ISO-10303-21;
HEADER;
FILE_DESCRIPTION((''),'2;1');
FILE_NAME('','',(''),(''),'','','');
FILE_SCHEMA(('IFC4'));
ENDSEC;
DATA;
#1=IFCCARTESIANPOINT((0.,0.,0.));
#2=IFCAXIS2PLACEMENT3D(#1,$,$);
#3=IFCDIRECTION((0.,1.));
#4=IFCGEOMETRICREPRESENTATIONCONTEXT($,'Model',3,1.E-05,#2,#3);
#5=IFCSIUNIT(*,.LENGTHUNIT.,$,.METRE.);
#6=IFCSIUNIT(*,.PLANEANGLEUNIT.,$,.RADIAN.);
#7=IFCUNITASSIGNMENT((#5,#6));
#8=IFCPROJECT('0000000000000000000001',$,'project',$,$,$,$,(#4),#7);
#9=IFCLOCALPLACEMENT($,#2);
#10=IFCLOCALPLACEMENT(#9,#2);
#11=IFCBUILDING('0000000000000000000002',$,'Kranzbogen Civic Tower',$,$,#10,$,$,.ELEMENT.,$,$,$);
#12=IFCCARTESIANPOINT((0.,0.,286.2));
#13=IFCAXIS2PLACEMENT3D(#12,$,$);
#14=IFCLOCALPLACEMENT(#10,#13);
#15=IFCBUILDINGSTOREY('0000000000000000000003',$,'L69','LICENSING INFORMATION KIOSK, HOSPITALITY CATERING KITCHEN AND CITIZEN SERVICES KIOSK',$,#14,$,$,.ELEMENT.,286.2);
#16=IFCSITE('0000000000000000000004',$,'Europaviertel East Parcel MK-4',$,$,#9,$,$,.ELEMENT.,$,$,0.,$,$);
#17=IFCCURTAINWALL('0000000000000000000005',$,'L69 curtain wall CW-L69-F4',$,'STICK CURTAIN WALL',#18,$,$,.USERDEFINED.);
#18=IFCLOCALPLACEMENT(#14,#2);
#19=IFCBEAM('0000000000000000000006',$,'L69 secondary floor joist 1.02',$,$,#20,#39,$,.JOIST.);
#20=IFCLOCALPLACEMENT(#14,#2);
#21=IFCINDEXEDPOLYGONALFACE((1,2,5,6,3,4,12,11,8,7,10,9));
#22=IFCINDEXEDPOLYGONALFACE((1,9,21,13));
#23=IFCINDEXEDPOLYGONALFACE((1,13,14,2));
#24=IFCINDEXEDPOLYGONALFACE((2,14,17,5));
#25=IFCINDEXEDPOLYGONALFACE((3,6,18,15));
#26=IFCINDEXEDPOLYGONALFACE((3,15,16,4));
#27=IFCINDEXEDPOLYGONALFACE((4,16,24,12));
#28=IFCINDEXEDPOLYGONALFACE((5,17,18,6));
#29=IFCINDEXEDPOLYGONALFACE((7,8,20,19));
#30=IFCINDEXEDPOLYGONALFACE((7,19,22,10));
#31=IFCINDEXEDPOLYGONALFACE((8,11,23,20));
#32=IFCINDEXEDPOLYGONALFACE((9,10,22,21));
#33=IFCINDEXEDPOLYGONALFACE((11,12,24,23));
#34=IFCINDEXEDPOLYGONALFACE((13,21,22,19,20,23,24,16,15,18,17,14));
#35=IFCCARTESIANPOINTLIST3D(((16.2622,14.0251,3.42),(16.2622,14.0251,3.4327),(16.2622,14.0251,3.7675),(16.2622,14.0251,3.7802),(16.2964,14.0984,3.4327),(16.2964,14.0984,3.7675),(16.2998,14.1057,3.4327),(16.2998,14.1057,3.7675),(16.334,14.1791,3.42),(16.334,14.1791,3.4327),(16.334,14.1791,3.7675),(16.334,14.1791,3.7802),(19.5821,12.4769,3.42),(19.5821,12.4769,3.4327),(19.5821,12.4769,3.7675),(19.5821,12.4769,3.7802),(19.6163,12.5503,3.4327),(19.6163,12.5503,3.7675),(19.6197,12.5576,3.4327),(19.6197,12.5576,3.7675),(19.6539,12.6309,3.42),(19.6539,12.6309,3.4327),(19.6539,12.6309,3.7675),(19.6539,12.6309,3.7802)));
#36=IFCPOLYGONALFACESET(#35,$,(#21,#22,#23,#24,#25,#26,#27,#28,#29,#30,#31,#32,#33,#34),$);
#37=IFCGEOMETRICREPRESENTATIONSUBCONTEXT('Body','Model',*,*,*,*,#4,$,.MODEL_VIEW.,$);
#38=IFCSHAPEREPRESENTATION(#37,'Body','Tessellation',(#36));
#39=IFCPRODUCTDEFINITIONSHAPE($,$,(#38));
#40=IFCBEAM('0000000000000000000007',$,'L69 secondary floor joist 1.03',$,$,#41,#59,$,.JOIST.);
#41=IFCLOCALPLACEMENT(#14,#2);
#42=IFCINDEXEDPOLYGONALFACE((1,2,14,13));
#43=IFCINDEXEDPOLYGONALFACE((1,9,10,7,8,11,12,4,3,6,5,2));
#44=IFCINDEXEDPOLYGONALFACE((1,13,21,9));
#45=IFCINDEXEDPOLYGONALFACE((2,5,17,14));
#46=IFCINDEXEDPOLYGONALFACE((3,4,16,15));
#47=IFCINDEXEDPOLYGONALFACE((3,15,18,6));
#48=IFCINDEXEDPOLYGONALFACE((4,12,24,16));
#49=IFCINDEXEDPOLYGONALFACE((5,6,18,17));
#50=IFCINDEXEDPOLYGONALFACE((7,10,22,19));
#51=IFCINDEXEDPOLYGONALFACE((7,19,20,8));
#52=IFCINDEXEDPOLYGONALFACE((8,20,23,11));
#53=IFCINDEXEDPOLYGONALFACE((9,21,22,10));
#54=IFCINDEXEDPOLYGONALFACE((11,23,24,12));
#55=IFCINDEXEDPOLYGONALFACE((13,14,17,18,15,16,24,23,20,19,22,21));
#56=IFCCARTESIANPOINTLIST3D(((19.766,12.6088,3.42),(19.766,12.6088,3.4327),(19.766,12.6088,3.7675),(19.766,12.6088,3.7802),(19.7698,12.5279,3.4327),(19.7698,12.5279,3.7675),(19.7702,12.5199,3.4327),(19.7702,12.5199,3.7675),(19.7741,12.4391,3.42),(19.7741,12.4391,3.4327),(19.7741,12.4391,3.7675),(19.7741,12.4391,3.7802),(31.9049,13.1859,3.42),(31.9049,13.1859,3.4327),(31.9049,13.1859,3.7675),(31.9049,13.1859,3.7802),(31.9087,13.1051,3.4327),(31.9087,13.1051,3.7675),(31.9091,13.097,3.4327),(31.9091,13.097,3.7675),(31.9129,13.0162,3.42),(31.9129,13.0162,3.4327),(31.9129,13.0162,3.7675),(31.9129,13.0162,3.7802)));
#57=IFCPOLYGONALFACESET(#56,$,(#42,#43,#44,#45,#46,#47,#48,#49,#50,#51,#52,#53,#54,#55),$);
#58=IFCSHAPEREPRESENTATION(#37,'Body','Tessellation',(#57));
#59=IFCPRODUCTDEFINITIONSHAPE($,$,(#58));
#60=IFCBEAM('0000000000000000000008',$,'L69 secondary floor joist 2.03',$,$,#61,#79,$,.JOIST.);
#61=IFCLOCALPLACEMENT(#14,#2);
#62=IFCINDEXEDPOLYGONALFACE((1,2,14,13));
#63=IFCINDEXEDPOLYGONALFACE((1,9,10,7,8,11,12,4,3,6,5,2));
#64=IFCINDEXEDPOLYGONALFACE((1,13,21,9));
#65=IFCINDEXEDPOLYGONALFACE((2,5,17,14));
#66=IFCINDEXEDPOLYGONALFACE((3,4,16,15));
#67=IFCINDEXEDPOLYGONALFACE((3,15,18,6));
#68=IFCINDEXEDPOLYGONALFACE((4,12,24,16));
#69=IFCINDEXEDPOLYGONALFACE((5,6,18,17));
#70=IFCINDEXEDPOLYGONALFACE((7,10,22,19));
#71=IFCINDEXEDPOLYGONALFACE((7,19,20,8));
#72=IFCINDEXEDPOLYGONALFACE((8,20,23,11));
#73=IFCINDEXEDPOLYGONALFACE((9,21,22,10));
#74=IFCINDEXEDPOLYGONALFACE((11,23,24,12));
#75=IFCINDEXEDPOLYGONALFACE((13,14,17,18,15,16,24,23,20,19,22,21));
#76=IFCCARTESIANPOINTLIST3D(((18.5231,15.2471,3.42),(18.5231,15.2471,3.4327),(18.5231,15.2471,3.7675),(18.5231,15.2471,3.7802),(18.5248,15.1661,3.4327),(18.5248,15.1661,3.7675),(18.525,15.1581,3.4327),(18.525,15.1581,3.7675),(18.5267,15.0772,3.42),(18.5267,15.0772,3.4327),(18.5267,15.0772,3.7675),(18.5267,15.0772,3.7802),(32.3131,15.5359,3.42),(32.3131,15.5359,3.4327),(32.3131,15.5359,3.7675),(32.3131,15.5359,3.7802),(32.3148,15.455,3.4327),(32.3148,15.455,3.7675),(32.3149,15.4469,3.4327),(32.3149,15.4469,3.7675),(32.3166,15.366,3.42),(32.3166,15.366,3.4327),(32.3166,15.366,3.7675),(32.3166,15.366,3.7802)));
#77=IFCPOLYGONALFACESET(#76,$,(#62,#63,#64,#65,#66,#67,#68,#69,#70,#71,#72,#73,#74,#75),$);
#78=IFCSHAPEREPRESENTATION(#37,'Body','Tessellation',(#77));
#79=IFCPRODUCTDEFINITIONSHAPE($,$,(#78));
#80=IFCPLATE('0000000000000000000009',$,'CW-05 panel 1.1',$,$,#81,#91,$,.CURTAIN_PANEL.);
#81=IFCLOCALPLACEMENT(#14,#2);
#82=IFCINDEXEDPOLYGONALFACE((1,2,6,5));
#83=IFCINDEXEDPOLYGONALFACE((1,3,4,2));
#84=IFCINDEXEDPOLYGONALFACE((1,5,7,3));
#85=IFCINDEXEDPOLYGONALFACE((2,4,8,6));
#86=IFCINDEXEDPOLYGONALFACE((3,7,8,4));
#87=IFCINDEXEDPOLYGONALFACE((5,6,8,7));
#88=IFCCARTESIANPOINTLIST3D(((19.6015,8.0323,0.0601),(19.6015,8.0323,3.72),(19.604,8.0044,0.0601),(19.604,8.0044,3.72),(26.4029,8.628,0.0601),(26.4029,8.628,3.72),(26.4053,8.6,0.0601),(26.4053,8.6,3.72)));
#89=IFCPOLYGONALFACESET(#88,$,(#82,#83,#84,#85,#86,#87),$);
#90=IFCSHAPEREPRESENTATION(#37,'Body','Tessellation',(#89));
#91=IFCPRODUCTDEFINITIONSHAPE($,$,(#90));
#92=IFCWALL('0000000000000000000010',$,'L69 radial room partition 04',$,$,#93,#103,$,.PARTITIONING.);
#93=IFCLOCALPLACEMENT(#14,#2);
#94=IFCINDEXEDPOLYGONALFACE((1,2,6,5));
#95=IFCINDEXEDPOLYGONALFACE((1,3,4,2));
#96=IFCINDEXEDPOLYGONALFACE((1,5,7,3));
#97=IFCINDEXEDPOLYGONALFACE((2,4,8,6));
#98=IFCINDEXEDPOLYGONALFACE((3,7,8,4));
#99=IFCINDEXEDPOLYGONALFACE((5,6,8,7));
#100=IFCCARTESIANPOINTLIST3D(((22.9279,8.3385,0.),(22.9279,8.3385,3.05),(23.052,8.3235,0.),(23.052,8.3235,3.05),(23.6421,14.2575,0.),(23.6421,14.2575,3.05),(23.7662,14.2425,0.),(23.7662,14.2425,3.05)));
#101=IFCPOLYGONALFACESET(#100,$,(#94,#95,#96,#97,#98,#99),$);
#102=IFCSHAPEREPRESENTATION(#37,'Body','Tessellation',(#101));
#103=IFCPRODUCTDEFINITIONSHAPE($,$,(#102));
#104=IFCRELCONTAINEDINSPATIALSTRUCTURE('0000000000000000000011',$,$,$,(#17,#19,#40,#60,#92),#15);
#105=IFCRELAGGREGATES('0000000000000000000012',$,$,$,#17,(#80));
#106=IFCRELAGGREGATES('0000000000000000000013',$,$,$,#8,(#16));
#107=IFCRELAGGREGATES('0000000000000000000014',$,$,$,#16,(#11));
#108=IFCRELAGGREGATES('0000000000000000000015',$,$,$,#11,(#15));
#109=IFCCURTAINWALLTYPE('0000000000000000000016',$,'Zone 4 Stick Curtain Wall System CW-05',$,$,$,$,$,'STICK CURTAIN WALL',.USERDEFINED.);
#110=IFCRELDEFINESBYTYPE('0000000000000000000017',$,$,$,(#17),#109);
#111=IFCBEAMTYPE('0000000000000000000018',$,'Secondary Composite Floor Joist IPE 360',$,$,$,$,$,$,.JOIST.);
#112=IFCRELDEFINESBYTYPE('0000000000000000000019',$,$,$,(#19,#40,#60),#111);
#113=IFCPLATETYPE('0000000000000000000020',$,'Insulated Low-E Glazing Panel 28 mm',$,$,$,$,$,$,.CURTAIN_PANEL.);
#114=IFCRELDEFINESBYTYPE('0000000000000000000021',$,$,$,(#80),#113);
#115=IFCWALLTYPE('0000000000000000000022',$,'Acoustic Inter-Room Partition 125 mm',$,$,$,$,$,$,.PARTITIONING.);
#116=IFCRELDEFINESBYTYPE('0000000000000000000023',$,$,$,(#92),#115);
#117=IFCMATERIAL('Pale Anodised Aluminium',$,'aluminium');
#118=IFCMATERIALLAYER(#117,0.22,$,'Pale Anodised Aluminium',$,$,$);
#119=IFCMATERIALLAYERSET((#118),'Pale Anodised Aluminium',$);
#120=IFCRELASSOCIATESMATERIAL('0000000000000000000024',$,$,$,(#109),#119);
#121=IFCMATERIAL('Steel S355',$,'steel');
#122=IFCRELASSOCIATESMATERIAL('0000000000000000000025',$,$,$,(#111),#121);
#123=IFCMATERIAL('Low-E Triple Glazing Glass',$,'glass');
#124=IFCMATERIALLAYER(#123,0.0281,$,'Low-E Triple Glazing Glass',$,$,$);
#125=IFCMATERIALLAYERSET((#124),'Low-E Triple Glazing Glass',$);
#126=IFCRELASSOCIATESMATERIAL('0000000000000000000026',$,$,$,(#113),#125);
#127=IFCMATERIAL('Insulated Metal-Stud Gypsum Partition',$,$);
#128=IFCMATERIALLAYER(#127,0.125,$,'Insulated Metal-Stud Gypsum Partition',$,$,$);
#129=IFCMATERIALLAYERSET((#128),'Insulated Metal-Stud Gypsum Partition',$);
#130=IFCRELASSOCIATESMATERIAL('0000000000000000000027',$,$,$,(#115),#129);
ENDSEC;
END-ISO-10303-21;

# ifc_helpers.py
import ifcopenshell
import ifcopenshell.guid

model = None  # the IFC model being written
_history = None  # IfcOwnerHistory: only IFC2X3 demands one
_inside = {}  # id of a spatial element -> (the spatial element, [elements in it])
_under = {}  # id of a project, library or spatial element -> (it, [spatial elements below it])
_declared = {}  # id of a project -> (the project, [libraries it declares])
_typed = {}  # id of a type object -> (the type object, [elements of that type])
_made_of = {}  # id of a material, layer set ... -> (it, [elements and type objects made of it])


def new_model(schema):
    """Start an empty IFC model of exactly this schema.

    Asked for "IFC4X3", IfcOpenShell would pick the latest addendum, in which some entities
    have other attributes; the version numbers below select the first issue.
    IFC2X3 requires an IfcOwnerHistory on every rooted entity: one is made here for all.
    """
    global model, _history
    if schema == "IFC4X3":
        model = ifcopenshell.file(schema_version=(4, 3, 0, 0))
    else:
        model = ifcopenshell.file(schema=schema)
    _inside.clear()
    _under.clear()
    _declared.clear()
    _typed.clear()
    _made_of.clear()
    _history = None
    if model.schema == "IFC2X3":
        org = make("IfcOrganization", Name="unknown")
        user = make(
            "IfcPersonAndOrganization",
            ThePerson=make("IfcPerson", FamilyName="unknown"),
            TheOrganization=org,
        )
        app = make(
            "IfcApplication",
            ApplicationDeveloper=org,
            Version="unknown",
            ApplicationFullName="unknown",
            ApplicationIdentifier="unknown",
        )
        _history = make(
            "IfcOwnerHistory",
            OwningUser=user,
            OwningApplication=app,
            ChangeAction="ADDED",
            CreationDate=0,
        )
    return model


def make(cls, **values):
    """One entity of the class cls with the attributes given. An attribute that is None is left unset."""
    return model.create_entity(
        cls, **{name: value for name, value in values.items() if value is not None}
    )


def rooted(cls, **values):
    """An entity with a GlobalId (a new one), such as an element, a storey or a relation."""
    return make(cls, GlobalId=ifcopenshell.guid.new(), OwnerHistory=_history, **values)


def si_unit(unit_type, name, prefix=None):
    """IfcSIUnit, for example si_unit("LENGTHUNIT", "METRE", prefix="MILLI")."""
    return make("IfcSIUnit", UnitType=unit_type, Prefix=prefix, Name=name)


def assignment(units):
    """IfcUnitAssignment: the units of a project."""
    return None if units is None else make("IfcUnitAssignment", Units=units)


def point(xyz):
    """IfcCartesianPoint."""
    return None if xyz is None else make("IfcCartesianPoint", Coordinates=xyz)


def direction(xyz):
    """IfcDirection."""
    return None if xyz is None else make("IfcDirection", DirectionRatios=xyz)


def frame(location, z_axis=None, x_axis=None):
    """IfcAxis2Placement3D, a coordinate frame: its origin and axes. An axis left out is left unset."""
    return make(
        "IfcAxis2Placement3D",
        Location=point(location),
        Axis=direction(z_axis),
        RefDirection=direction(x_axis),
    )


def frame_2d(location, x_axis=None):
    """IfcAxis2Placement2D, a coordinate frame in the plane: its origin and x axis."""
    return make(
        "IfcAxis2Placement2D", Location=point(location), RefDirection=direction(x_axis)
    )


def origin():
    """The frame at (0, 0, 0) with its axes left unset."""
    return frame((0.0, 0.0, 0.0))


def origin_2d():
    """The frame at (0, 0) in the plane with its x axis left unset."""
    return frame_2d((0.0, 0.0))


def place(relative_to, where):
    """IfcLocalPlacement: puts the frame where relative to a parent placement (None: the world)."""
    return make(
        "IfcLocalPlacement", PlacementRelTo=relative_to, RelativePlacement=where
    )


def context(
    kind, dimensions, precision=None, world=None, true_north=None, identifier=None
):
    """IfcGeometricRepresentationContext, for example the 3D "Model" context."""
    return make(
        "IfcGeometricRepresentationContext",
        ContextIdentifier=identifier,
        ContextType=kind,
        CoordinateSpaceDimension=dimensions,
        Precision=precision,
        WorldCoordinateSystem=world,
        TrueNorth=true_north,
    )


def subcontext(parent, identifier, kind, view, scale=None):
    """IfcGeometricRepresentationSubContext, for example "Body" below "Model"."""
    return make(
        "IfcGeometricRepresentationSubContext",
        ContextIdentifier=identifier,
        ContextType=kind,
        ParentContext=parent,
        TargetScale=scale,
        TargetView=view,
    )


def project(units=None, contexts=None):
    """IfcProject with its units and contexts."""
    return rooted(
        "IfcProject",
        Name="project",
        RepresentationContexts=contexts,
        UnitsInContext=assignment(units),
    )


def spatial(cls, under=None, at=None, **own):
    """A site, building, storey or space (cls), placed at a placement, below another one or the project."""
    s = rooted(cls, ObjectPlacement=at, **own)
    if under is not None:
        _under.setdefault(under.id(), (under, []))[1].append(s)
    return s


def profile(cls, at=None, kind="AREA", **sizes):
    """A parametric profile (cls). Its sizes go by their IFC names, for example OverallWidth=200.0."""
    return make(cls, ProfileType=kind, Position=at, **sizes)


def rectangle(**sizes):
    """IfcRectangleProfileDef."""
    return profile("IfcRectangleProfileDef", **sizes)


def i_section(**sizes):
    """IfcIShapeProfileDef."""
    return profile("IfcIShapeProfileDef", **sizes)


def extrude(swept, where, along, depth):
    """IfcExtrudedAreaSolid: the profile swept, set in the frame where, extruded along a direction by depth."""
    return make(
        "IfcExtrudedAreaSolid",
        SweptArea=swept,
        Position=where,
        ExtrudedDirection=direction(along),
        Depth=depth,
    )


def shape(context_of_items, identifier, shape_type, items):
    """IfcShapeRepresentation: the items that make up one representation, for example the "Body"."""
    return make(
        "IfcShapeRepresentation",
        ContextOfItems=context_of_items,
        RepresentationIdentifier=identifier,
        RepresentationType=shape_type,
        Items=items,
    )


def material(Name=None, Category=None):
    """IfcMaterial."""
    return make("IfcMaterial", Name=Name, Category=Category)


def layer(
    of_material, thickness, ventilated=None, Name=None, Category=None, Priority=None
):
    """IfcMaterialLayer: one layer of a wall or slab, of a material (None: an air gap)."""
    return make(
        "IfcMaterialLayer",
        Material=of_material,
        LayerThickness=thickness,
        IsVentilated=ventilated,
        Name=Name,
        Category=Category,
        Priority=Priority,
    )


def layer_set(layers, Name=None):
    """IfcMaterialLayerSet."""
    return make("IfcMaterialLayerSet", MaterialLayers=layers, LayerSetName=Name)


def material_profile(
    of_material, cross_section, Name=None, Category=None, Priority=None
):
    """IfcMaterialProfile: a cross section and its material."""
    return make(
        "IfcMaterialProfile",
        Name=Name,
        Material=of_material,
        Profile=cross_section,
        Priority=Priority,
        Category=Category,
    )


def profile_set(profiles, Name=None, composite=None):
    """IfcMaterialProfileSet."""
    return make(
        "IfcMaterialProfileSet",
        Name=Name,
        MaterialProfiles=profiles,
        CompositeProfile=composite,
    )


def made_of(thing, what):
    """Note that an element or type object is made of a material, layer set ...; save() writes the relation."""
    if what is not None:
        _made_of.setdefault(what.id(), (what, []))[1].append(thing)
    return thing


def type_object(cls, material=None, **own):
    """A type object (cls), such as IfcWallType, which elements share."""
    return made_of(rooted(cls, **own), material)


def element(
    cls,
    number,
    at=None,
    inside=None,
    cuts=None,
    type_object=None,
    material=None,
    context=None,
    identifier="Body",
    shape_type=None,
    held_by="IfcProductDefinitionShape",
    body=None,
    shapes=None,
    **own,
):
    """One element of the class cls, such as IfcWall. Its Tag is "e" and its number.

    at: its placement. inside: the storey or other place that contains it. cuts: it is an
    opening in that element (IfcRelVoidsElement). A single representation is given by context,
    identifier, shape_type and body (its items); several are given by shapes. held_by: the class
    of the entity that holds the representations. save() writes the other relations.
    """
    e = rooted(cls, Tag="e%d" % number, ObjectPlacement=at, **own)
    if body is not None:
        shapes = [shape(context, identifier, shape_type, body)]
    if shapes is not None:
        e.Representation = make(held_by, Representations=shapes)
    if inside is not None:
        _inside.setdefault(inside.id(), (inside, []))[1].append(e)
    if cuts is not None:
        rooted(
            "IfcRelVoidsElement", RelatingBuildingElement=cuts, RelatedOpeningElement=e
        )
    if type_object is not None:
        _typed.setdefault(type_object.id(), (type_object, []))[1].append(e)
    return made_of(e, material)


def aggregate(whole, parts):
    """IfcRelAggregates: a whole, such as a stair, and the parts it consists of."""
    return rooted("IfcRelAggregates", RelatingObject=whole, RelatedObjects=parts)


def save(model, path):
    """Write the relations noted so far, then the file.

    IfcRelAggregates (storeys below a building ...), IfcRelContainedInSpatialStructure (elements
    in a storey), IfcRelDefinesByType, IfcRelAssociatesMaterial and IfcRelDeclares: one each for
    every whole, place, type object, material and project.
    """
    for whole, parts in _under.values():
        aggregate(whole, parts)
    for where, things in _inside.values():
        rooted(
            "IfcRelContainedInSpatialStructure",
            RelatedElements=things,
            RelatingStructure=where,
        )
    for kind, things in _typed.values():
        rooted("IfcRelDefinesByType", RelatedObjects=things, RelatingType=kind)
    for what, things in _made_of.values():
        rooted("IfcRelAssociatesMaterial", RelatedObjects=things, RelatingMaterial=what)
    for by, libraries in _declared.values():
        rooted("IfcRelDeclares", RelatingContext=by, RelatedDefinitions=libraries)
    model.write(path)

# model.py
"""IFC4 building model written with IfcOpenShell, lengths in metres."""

from ifc_helpers import new_model, si_unit, direction, frame, frame_2d, origin, origin_2d, place, context, subcontext, project, spatial, rectangle, i_section, extrude, material, layer, layer_set, material_profile, profile_set, type_object, element, aggregate, save


model = new_model("IFC4")

# Units and contexts
model_context = context("Model", 3, precision=1e-05, world=origin(), true_north=direction((0.0, 1.0)))
body_context = subcontext(model_context, "Body", "Model", "MODEL_VIEW")
ifc_project = project(units=[si_unit("LENGTHUNIT", "METRE"), si_unit("PLANEANGLEUNIT", "RADIAN")], contexts=[model_context])

# Site, building, storey
site_placement = place(None, origin())
site = spatial("IfcSite", under=ifc_project, at=site_placement, Name="Europaviertel East Parcel MK-4", CompositionType="ELEMENT", RefElevation=0.0)
building_placement = place(site_placement, origin())
building = spatial("IfcBuilding", under=site, at=building_placement, Name="Kranzbogen Civic Tower", CompositionType="ELEMENT")
storey_placement = place(building_placement, frame((0.0, 0.0, 286.2)))
storey = spatial("IfcBuildingStorey", under=building, at=storey_placement, Name="L69", Description="LICENSING INFORMATION KIOSK, HOSPITALITY CATERING KITCHEN AND CITIZEN SERVICES KIOSK", CompositionType="ELEMENT", Elevation=286.2)

# Shared definitions
ifc_material_1 = material(Name="Steel S355", Category="steel")

# Curtain wall
ifc_material_2 = material(Name="Pale Anodised Aluminium", Category="aluminium")
ifc_layer_1 = layer(ifc_material_2, 0.22, Name="Pale Anodised Aluminium")
ifc_layer_set_1 = layer_set([ifc_layer_1], Name="Pale Anodised Aluminium")
curtain_wall_type = type_object("IfcCurtainWallType", Name="Zone 4 Stick Curtain Wall System CW-05", ElementType="STICK CURTAIN WALL", PredefinedType="USERDEFINED", material=ifc_layer_set_1)
curtain_wall_placement = place(storey_placement, origin())
curtain_wall = element("IfcCurtainWall", 1, at=curtain_wall_placement, inside=storey, type_object=curtain_wall_type, Name="L69 curtain wall CW-L69-F4", ObjectType="STICK CURTAIN WALL", PredefinedType="USERDEFINED")

# Beams
ifc_material_profile_1 = material_profile(ifc_material_1, i_section(OverallWidth=0.1699, OverallDepth=0.3601, WebThickness=0.0081, FlangeThickness=0.0127, at=origin_2d()), Name="IPE 360")
ifc_profile_set_1 = profile_set([ifc_material_profile_1], Name="Steel S355")
beam_type_1 = type_object("IfcBeamType", Name="Secondary Composite Floor Joist IPE 360", PredefinedType="JOIST", material=ifc_profile_set_1)
beam_1_placement = place(storey_placement, frame((16.2981, 14.1021, 3.6001), z_axis=(0.906304, -0.422626, 0.0), x_axis=(0.422626, 0.906304, 0.0)))
element("IfcBeam", 2, at=beam_1_placement, inside=storey, type_object=beam_type_1, Name="L69 secondary floor joist 1.02", PredefinedType="JOIST", context=body_context, shape_type="SweptSolid", body=[
    extrude(i_section(OverallWidth=0.1699, OverallDepth=0.3601, WebThickness=0.0081, FlangeThickness=0.0127, at=origin_2d()), origin(), (0.0, 0.0, 1.0), 3.6631),
])
beam_2_placement = place(storey_placement, frame((19.77, 12.5239, 3.6001), z_axis=(0.998872, 0.047492, 0.0), x_axis=(-0.047492, 0.998872, 0.0)))
element("IfcBeam", 3, at=beam_2_placement, inside=storey, type_object=beam_type_1, Name="L69 secondary floor joist 1.03", PredefinedType="JOIST", context=body_context, shape_type="SweptSolid", body=[
    extrude(i_section(OverallWidth=0.1699, OverallDepth=0.3601, WebThickness=0.0081, FlangeThickness=0.0127, at=origin_2d()), origin(), (0.0, 0.0, 1.0), 12.1526),
])
beam_3_placement = place(storey_placement, frame((18.5249, 15.1621, 3.6001), z_axis=(0.999781, 0.020939, 0.0), x_axis=(-0.020939, 0.999781, 0.0)))
element("IfcBeam", 4, at=beam_3_placement, inside=storey, type_object=beam_type_1, Name="L69 secondary floor joist 2.03", PredefinedType="JOIST", context=body_context, shape_type="SweptSolid", body=[
    extrude(i_section(OverallWidth=0.1699, OverallDepth=0.3601, WebThickness=0.0081, FlangeThickness=0.0127, at=origin_2d()), origin(), (0.0, 0.0, 1.0), 13.793),
])

# Plate
ifc_material_3 = material(Name="Low-E Triple Glazing Glass", Category="glass")
ifc_layer_2 = layer(ifc_material_3, 0.0281, Name="Low-E Triple Glazing Glass")
ifc_layer_set_2 = layer_set([ifc_layer_2], Name="Low-E Triple Glazing Glass")
plate_type = type_object("IfcPlateType", Name="Insulated Low-E Glazing Panel 28 mm", PredefinedType="CURTAIN_PANEL", material=ifc_layer_set_2)
plate_placement = place(storey_placement, frame((23.0034, 8.3162, 0.0601), z_axis=(0.0, 0.0, 1.0), x_axis=(0.996187, 0.087244, 0.0)))
plate = element("IfcPlate", 5, at=plate_placement, type_object=plate_type, Name="CW-05 panel 1.1", PredefinedType="CURTAIN_PANEL", context=body_context, shape_type="SweptSolid", body=[
    extrude(rectangle(XDim=6.8274, YDim=0.0281, at=origin_2d()), origin(), (0.0, 0.0, 1.0), 3.6599),
])
aggregate(curtain_wall, [plate])

# Wall
ifc_material_4 = material(Name="Insulated Metal-Stud Gypsum Partition")
ifc_layer_3 = layer(ifc_material_4, 0.125, Name="Insulated Metal-Stud Gypsum Partition")
ifc_layer_set_3 = layer_set([ifc_layer_3], Name="Insulated Metal-Stud Gypsum Partition")
wall_type = type_object("IfcWallType", Name="Acoustic Inter-Room Partition 125 mm", PredefinedType="PARTITIONING", material=ifc_layer_set_3)
wall_placement = place(storey_placement, frame((23.7041, 14.25, 0.0), z_axis=(0.0, 0.0, 1.0), x_axis=(-0.11978, -0.9928, 0.0)))
element("IfcWall", 6, at=wall_placement, inside=storey, type_object=wall_type, Name="L69 radial room partition 04", PredefinedType="PARTITIONING", context=body_context, shape_type="SweptSolid", body=[
    extrude(rectangle(XDim=5.9619, YDim=0.125, at=frame_2d((2.981, 0.0))), origin(), (0.0, 0.0, 1.0), 3.05),
])

save(model, "model.ifc")
